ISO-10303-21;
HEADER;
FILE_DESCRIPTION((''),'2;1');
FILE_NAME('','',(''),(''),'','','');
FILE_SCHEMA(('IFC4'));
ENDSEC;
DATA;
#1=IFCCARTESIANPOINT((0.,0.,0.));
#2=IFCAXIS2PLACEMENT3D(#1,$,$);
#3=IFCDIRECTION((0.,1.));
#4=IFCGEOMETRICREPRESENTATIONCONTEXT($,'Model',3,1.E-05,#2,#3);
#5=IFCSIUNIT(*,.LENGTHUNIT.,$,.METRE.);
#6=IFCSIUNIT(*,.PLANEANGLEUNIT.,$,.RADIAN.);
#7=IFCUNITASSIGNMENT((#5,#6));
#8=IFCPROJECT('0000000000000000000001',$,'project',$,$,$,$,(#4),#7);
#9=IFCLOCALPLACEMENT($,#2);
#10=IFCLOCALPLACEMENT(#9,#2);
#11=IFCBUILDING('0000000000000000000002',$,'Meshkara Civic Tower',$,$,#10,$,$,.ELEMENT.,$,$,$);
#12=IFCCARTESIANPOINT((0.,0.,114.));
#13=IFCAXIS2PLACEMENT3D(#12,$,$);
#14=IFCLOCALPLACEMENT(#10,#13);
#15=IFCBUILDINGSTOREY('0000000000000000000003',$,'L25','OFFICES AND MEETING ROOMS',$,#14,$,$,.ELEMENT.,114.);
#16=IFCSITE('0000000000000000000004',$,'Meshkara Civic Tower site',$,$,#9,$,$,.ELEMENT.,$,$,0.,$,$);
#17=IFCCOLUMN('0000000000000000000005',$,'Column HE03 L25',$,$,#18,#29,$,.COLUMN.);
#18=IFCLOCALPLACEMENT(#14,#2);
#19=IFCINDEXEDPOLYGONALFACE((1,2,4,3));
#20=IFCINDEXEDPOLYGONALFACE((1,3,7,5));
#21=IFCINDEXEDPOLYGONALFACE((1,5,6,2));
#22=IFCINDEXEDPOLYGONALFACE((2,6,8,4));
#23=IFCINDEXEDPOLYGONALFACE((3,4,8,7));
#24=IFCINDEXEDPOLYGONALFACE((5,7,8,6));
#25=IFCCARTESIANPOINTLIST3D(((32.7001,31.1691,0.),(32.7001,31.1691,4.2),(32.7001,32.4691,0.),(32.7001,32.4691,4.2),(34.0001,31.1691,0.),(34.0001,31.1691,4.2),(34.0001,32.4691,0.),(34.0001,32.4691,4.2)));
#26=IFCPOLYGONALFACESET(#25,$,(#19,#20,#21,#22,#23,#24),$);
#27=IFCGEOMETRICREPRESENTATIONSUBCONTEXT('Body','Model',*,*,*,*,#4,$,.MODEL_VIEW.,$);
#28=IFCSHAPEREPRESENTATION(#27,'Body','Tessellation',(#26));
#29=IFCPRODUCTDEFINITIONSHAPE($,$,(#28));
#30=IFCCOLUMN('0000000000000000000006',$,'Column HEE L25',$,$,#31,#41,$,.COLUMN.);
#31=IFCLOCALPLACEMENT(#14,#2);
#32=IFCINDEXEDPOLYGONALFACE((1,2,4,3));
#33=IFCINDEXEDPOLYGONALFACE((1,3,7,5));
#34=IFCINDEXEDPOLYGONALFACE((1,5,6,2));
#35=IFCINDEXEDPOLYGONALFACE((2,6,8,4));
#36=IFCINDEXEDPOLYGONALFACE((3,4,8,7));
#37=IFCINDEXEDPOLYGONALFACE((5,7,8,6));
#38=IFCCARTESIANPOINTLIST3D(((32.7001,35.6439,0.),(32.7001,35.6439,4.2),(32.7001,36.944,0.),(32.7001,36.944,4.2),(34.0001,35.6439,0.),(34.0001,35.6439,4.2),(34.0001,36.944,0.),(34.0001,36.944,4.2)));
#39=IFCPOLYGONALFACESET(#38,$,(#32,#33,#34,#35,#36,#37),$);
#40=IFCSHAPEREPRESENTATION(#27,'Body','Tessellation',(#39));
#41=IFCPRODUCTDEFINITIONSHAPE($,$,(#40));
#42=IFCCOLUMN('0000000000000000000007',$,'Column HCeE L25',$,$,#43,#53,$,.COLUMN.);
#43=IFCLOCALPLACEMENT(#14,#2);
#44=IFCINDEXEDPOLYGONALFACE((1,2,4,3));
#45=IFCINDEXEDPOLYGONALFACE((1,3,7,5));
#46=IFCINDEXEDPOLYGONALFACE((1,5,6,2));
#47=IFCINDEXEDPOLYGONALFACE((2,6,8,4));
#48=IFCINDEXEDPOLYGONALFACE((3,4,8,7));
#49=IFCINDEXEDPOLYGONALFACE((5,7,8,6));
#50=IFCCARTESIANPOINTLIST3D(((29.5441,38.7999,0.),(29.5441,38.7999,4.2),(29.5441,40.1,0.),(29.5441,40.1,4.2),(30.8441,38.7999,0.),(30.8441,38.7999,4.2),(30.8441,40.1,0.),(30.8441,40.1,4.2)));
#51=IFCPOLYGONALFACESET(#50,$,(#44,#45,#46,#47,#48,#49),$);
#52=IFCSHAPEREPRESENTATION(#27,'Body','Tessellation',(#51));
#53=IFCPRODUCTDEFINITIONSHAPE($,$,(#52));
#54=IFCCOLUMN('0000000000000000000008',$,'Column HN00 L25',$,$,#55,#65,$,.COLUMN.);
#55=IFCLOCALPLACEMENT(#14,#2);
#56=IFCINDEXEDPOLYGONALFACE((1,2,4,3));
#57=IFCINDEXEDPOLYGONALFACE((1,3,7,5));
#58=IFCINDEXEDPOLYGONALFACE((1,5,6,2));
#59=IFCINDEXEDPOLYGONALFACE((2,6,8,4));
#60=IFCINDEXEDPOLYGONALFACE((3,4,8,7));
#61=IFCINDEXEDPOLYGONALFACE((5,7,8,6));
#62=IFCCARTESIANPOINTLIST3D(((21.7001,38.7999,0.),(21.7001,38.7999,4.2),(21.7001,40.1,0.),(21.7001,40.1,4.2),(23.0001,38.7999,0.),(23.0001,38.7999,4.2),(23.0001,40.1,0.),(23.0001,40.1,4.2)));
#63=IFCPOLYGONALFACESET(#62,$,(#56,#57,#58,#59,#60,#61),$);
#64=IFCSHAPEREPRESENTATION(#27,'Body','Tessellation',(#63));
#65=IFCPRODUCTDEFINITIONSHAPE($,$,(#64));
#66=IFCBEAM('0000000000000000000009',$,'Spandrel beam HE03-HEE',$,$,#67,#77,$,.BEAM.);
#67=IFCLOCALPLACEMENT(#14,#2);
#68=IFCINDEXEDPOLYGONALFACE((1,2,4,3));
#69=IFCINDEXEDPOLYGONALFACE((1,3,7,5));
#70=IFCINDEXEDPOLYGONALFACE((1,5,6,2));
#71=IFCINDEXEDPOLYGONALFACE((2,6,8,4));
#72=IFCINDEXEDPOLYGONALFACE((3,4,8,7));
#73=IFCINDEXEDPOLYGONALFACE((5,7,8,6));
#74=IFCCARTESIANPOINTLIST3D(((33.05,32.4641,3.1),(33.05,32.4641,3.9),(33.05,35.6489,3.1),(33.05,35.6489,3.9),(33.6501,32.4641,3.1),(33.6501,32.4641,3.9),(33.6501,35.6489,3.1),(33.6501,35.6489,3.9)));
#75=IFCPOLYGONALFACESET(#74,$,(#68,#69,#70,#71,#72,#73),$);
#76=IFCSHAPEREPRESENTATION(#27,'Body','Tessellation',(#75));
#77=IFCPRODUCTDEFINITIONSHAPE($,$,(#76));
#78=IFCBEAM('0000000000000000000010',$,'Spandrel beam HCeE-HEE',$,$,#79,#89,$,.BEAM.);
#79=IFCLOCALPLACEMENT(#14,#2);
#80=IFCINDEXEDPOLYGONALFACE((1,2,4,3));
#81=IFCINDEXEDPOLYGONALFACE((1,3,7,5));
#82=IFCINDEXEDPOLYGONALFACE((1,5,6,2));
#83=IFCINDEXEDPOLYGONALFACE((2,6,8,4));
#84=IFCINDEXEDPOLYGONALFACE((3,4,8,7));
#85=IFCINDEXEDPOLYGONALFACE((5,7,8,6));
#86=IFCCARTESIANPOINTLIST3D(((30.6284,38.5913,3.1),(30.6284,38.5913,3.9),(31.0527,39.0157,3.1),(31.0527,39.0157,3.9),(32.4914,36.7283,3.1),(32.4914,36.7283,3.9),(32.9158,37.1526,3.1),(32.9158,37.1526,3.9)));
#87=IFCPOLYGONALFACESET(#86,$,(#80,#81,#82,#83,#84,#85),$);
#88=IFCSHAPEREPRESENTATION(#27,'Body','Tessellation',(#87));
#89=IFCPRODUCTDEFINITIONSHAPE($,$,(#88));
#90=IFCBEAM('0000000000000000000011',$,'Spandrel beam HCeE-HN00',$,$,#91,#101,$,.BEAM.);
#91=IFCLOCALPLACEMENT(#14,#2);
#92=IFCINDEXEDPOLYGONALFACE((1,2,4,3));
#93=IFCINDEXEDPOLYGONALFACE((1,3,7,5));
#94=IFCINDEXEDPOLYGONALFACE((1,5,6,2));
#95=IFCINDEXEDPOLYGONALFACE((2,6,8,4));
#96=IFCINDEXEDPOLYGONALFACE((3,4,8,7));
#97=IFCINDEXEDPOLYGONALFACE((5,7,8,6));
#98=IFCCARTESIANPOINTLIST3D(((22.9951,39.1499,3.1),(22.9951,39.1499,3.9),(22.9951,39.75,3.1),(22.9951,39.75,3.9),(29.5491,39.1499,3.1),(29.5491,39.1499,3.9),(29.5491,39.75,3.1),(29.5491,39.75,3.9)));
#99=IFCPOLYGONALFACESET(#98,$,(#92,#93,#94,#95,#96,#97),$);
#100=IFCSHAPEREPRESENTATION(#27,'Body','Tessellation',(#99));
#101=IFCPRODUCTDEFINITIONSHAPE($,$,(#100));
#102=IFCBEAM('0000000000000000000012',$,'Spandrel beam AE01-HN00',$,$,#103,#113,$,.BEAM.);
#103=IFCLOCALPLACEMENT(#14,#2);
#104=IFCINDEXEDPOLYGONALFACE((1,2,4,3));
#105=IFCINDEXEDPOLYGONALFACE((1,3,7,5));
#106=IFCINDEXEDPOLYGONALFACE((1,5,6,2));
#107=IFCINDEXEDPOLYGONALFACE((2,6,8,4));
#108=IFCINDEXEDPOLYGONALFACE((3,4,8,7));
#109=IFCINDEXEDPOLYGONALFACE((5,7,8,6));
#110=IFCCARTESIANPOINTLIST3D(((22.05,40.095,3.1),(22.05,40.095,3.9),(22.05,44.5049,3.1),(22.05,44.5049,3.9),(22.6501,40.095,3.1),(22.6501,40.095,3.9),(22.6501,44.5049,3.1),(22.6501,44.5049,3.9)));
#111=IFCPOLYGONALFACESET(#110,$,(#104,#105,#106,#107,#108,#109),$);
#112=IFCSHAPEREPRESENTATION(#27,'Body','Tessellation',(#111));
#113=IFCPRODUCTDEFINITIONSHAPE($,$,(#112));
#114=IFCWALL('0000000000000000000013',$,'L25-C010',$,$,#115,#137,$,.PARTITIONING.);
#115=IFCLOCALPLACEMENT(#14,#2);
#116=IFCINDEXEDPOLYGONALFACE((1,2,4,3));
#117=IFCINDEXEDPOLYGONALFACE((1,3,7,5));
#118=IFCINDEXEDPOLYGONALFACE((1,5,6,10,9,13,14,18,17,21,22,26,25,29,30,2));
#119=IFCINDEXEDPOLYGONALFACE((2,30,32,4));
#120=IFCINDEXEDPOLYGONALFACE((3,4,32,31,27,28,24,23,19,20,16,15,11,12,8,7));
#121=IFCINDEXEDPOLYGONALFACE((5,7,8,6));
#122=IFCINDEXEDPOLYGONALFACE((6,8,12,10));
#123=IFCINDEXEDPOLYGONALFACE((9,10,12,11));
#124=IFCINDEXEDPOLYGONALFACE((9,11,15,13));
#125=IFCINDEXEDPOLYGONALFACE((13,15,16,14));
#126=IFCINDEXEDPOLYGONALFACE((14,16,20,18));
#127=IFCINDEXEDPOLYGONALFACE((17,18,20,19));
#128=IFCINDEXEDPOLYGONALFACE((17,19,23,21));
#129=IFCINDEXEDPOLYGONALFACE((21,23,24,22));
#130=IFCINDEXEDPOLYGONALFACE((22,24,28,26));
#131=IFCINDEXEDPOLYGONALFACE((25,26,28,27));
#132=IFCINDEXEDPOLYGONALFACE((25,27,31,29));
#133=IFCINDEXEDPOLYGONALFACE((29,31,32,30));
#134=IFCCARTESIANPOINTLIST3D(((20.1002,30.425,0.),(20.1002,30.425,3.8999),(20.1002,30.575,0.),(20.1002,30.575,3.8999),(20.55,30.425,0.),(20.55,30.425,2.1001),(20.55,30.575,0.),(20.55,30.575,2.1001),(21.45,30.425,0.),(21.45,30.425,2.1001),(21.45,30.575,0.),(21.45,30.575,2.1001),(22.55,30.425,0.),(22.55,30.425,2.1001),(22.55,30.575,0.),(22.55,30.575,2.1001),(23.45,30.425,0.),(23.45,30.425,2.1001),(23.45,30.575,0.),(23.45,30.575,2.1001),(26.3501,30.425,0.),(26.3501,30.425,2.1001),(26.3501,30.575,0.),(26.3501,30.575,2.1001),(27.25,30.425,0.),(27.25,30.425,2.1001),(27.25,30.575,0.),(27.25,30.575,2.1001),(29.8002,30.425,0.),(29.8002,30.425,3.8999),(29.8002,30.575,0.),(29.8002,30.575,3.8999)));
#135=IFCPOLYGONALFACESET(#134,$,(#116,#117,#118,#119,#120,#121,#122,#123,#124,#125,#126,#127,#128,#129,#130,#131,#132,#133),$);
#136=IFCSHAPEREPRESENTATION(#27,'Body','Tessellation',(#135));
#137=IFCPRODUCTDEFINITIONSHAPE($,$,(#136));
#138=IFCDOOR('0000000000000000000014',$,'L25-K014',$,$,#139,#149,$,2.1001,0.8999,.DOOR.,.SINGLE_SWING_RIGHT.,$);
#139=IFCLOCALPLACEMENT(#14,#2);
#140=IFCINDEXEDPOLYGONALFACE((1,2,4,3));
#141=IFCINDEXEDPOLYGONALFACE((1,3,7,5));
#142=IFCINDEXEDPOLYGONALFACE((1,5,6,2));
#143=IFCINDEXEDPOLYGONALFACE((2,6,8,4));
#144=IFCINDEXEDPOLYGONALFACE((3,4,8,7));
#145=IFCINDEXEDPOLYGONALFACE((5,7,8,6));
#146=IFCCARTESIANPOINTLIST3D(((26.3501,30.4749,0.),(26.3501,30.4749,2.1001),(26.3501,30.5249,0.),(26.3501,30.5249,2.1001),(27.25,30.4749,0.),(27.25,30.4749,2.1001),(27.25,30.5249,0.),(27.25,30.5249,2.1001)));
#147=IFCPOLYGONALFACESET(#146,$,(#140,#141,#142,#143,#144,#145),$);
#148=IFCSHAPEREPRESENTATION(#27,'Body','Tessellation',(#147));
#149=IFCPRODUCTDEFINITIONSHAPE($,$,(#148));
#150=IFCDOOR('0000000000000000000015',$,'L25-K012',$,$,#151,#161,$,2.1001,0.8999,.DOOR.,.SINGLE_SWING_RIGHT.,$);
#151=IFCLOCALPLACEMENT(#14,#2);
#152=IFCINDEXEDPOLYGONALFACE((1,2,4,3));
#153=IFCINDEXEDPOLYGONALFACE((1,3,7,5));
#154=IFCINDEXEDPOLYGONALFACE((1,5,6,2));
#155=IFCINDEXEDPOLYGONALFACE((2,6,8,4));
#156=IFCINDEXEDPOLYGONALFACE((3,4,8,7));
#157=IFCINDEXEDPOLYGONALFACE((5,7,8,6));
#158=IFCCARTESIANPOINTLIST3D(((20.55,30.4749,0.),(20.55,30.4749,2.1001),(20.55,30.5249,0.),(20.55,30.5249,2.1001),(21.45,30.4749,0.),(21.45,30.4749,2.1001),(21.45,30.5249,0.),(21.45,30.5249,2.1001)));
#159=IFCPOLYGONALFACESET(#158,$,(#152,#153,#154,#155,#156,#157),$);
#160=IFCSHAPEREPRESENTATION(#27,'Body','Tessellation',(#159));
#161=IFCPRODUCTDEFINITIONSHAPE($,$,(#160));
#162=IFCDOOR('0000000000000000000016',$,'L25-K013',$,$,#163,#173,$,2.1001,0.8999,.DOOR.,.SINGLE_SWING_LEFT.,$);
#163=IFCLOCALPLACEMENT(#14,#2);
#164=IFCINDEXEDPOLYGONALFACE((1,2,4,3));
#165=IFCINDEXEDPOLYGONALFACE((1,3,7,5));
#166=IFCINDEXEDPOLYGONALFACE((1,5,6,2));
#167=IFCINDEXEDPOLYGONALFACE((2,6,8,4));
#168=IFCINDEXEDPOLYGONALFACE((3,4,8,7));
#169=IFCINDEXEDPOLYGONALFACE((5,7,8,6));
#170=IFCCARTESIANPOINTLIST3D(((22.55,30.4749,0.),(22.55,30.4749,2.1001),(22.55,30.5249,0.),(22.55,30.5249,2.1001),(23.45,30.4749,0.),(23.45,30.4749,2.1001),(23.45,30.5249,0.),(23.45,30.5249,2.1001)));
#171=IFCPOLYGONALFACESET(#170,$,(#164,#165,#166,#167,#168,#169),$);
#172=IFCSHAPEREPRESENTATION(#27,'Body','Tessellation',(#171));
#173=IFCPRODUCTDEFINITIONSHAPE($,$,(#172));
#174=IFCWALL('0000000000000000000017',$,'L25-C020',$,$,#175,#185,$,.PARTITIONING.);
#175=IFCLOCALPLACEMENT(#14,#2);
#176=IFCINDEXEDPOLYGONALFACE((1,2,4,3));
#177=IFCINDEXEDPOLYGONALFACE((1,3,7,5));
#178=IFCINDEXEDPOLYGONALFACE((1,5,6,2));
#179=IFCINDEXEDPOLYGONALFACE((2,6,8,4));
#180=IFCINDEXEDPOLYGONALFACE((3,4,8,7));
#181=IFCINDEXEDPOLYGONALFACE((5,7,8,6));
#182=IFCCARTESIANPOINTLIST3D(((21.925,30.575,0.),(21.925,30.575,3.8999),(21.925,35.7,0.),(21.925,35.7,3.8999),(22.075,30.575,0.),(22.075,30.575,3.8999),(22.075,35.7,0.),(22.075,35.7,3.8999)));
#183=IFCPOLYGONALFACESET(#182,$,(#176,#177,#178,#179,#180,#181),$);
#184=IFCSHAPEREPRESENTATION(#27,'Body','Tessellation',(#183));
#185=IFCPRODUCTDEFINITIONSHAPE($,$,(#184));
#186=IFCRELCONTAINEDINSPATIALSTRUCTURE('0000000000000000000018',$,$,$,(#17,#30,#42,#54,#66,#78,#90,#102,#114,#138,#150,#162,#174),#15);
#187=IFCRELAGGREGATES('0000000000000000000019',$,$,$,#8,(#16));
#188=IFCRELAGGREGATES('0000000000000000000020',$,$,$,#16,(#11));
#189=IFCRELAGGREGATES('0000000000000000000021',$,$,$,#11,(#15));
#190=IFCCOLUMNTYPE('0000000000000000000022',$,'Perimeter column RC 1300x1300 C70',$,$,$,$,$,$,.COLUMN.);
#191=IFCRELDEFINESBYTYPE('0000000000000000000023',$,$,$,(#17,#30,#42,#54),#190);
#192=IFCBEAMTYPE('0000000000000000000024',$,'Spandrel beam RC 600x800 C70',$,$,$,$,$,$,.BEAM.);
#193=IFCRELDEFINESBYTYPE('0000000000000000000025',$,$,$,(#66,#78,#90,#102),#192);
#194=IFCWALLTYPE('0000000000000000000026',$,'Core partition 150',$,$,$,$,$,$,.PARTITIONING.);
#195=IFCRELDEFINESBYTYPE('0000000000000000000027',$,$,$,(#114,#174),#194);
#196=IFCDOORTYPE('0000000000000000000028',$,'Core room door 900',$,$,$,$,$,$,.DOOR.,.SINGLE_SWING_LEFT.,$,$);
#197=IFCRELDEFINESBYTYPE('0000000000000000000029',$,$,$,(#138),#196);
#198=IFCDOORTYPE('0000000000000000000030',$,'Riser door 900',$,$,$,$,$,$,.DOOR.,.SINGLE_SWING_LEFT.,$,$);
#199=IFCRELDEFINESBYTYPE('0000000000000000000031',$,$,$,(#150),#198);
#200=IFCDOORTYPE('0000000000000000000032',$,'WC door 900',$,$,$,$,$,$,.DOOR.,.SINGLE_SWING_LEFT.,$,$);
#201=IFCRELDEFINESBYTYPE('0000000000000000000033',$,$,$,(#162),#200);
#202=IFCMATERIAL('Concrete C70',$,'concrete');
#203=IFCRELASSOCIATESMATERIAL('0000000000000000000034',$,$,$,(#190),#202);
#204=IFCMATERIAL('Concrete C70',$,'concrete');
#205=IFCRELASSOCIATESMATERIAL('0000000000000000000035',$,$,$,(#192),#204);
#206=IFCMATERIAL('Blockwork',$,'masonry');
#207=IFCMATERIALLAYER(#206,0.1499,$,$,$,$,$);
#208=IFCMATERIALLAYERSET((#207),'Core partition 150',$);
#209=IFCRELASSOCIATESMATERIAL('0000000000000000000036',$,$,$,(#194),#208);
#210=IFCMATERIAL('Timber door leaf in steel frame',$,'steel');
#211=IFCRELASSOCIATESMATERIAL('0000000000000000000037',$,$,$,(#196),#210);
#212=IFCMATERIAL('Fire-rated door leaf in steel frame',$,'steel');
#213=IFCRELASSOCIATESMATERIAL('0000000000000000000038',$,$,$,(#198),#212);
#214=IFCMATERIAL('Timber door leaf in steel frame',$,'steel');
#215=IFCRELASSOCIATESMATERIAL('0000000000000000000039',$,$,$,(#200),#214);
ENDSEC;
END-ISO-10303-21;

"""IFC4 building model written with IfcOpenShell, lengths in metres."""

from ifc_helpers import new_model, si_unit, direction, frame, frame_2d, origin, origin_2d, place, context, subcontext, project, spatial, rectangle, extrude, material, layer, layer_set, material_profile, profile_set, type_object, element, fill, save


model = new_model("IFC4")

# Units and contexts
model_context = context("Model", 3, precision=1e-05, world=origin(), true_north=direction((0.0, 1.0)))
body_context = subcontext(model_context, "Body", "Model", "MODEL_VIEW")
ifc_project = project(units=[si_unit("LENGTHUNIT", "METRE"), si_unit("PLANEANGLEUNIT", "RADIAN")], contexts=[model_context])

# Site, building, storey
site_placement = place(None, origin())
site = spatial("IfcSite", under=ifc_project, at=site_placement, Name="Meshkara Civic Tower site", CompositionType="ELEMENT", RefElevation=0.0)
building_placement = place(site_placement, origin())
building = spatial("IfcBuilding", under=site, at=building_placement, Name="Meshkara Civic Tower", CompositionType="ELEMENT")
storey_placement = place(building_placement, frame((0.0, 0.0, 114.0)))
storey = spatial("IfcBuildingStorey", under=building, at=storey_placement, Name="L25", Description="OFFICES AND MEETING ROOMS", CompositionType="ELEMENT", Elevation=114.0)

# Columns
ifc_material_1 = material(Name="Concrete C70", Category="concrete")
ifc_material_profile_1 = material_profile(ifc_material_1, rectangle(XDim=1.3, YDim=1.3, at=origin_2d()))
ifc_profile_set_1 = profile_set([ifc_material_profile_1], Name="Concrete C70")
column_type = type_object("IfcColumnType", Name="Perimeter column RC 1300x1300 C70", PredefinedType="COLUMN", material=ifc_profile_set_1)
for number, where, z_axis, x_axis, name in (
    (1, (33.3501, 31.8191, 0.0), (0.0, 0.0, 1.0), (1.0, 0.0, 0.0), "Column HE03 L25"),
    (2, (33.3501, 36.2939, 0.0), (0.0, 0.0, 1.0), (1.0, 0.0, 0.0), "Column HEE L25"),
    (3, (30.1941, 39.45, 0.0), (0.0, 0.0, 1.0), (1.0, 0.0, 0.0), "Column HCeE L25"),
    (4, (22.3501, 39.45, 0.0), (0.0, 0.0, 1.0), (1.0, 0.0, 0.0), "Column HN00 L25"),
):
    element("IfcColumn", number, at=place(storey_placement, frame(where, z_axis=z_axis, x_axis=x_axis)), inside=storey, type_object=column_type, Name=name, PredefinedType="COLUMN", context=body_context, shape_type="SweptSolid", body=[
        extrude(rectangle(XDim=1.3, YDim=1.3, at=origin_2d()), origin(), (0.0, 0.0, 1.0), 4.2),
    ])

# Beams
ifc_material_2 = material(Name="Concrete C70", Category="concrete")
ifc_material_profile_2 = material_profile(ifc_material_2, rectangle(XDim=0.6001, YDim=0.8, at=origin_2d()))
ifc_profile_set_2 = profile_set([ifc_material_profile_2], Name="Concrete C70")
beam_type = type_object("IfcBeamType", Name="Spandrel beam RC 600x800 C70", PredefinedType="BEAM", material=ifc_profile_set_2)
beam_1_placement = place(storey_placement, frame((33.3501, 32.4641, 3.5), z_axis=(0.0, 1.0, 0.0), x_axis=(-1.0, 0.0, 0.0)))
element("IfcBeam", 5, at=beam_1_placement, inside=storey, type_object=beam_type, Name="Spandrel beam HE03-HEE", PredefinedType="BEAM", context=body_context, shape_type="SweptSolid", body=[
    extrude(rectangle(XDim=0.6001, YDim=0.8, at=origin_2d()), origin(), (0.0, 0.0, 1.0), 3.1848),
])
beam_2_placement = place(storey_placement, frame((32.7036, 36.9404, 3.5), z_axis=(-0.707107, 0.707107, 0.0), x_axis=(-0.707107, -0.707107, 0.0)))
element("IfcBeam", 6, at=beam_2_placement, inside=storey, type_object=beam_type, Name="Spandrel beam HCeE-HEE", PredefinedType="BEAM", context=body_context, shape_type="SweptSolid", body=[
    extrude(rectangle(XDim=0.6001, YDim=0.8, at=origin_2d()), origin(), (0.0, 0.0, 1.0), 2.6348),
])
beam_3_placement = place(storey_placement, frame((29.5491, 39.45, 3.5), z_axis=(-1.0, 0.0, 0.0), x_axis=(0.0, -1.0, 0.0)))
element("IfcBeam", 7, at=beam_3_placement, inside=storey, type_object=beam_type, Name="Spandrel beam HCeE-HN00", PredefinedType="BEAM", context=body_context, shape_type="SweptSolid", body=[
    extrude(rectangle(XDim=0.6001, YDim=0.8, at=origin_2d()), origin(), (0.0, 0.0, 1.0), 6.554),
])
beam_4_placement = place(storey_placement, frame((22.3501, 40.095, 3.5), z_axis=(0.0, 1.0, 0.0), x_axis=(-1.0, 0.0, 0.0)))
element("IfcBeam", 8, at=beam_4_placement, inside=storey, type_object=beam_type, Name="Spandrel beam AE01-HN00", PredefinedType="BEAM", context=body_context, shape_type="SweptSolid", body=[
    extrude(rectangle(XDim=0.6001, YDim=0.8, at=origin_2d()), origin(), (0.0, 0.0, 1.0), 4.4099),
])

# Wall, openings, doors
ifc_material_3 = material(Name="Blockwork", Category="masonry")
ifc_layer_1 = layer(ifc_material_3, 0.1499)
ifc_layer_set_1 = layer_set([ifc_layer_1], Name="Core partition 150")
wall_type_1 = type_object("IfcWallType", Name="Core partition 150", PredefinedType="PARTITIONING", material=ifc_layer_set_1)
wall_1_placement = place(storey_placement, frame((20.1001, 30.5, 0.0), z_axis=(0.0, 0.0, 1.0), x_axis=(1.0, 0.0, 0.0)))
wall_1 = element("IfcWall", 9, at=wall_1_placement, inside=storey, type_object=wall_type_1, Name="L25-C010", PredefinedType="PARTITIONING", context=body_context, shape_type="SweptSolid", body=[
    extrude(rectangle(XDim=9.7, YDim=0.1499, at=frame_2d((4.8501, 0.0))), origin(), (0.0, 0.0, 1.0), 3.8999),
])
opening_1_placement = place(wall_1_placement, frame((0.45, 0.0, 0.0)))
opening_1 = element("IfcOpeningElement", 10, at=opening_1_placement, cuts=wall_1, PredefinedType="OPENING", context=body_context, shape_type="SweptSolid", body=[
    extrude(rectangle(XDim=0.8999, YDim=2.1001, at=frame_2d((0.45, 1.05))), frame((0.0, 0.085, 0.0), z_axis=(0.0, -1.0, 0.0), x_axis=(1.0, 0.0, 0.0)), (0.0, 0.0, 1.0), 0.1699),
])
opening_2_placement = place(wall_1_placement, frame((2.45, 0.0, 0.0)))
opening_2 = element("IfcOpeningElement", 11, at=opening_2_placement, cuts=wall_1, PredefinedType="OPENING", context=body_context, shape_type="SweptSolid", body=[
    extrude(rectangle(XDim=0.8999, YDim=2.1001, at=frame_2d((0.45, 1.05))), frame((0.0, 0.085, 0.0), z_axis=(0.0, -1.0, 0.0), x_axis=(1.0, 0.0, 0.0)), (0.0, 0.0, 1.0), 0.1699),
])
opening_3_placement = place(wall_1_placement, frame((6.25, 0.0, 0.0)))
opening_3 = element("IfcOpeningElement", 12, at=opening_3_placement, cuts=wall_1, PredefinedType="OPENING", context=body_context, shape_type="SweptSolid", body=[
    extrude(rectangle(XDim=0.8999, YDim=2.1001, at=frame_2d((0.45, 1.05))), frame((0.0, 0.085, 0.0), z_axis=(0.0, -1.0, 0.0), x_axis=(1.0, 0.0, 0.0)), (0.0, 0.0, 1.0), 0.1699),
])
ifc_material_4 = material(Name="Timber door leaf in steel frame", Category="steel")
door_type_1 = type_object("IfcDoorType", Name="Core room door 900", OperationType="SINGLE_SWING_LEFT", PredefinedType="DOOR", material=ifc_material_4)
door_1_placement = place(opening_3_placement, origin())
door_1 = element("IfcDoor", 13, at=door_1_placement, inside=storey, type_object=door_type_1, Name="L25-K014", OperationType="SINGLE_SWING_RIGHT", OverallHeight=2.1001, OverallWidth=0.8999, PredefinedType="DOOR", context=body_context, shape_type="SweptSolid", body=[
    extrude(rectangle(XDim=0.8999, YDim=2.1001, at=frame_2d((0.45, 1.05))), frame((0.0, 0.0249, 0.0), z_axis=(0.0, -1.0, 0.0), x_axis=(1.0, 0.0, 0.0)), (0.0, 0.0, 1.0), 0.05),
])
fill(opening_3, door_1)
ifc_material_5 = material(Name="Fire-rated door leaf in steel frame", Category="steel")
door_type_2 = type_object("IfcDoorType", Name="Riser door 900", OperationType="SINGLE_SWING_LEFT", PredefinedType="DOOR", material=ifc_material_5)
door_2_placement = place(opening_1_placement, origin())
door_2 = element("IfcDoor", 14, at=door_2_placement, inside=storey, type_object=door_type_2, Name="L25-K012", OperationType="SINGLE_SWING_RIGHT", OverallHeight=2.1001, OverallWidth=0.8999, PredefinedType="DOOR", context=body_context, shape_type="SweptSolid", body=[
    extrude(rectangle(XDim=0.8999, YDim=2.1001, at=frame_2d((0.45, 1.05))), frame((0.0, 0.0249, 0.0), z_axis=(0.0, -1.0, 0.0), x_axis=(1.0, 0.0, 0.0)), (0.0, 0.0, 1.0), 0.05),
])
fill(opening_1, door_2)
ifc_material_6 = material(Name="Timber door leaf in steel frame", Category="steel")
door_type_3 = type_object("IfcDoorType", Name="WC door 900", OperationType="SINGLE_SWING_LEFT", PredefinedType="DOOR", material=ifc_material_6)
door_3_placement = place(opening_2_placement, origin())
door_3 = element("IfcDoor", 15, at=door_3_placement, inside=storey, type_object=door_type_3, Name="L25-K013", OperationType="SINGLE_SWING_LEFT", OverallHeight=2.1001, OverallWidth=0.8999, PredefinedType="DOOR", context=body_context, shape_type="SweptSolid", body=[
    extrude(rectangle(XDim=0.8999, YDim=2.1001, at=frame_2d((0.45, 1.05))), frame((0.0, 0.0249, 0.0), z_axis=(0.0, -1.0, 0.0), x_axis=(1.0, 0.0, 0.0)), (0.0, 0.0, 1.0), 0.05),
])
fill(opening_2, door_3)

# Wall
for number, where, z_axis, x_axis, name in (
    (16, (22.0, 30.575, 0.0), (0.0, 0.0, 1.0), (0.0, 1.0, 0.0), "L25-C020"),
):
    element("IfcWall", number, at=place(storey_placement, frame(where, z_axis=z_axis, x_axis=x_axis)), inside=storey, type_object=wall_type_1, Name=name, PredefinedType="PARTITIONING", context=body_context, shape_type="SweptSolid", body=[
        extrude(rectangle(XDim=5.125, YDim=0.1499, at=frame_2d((2.5625, 0.0))), origin(), (0.0, 0.0, 1.0), 3.8999),
    ])

save(model, "model.ifc")
